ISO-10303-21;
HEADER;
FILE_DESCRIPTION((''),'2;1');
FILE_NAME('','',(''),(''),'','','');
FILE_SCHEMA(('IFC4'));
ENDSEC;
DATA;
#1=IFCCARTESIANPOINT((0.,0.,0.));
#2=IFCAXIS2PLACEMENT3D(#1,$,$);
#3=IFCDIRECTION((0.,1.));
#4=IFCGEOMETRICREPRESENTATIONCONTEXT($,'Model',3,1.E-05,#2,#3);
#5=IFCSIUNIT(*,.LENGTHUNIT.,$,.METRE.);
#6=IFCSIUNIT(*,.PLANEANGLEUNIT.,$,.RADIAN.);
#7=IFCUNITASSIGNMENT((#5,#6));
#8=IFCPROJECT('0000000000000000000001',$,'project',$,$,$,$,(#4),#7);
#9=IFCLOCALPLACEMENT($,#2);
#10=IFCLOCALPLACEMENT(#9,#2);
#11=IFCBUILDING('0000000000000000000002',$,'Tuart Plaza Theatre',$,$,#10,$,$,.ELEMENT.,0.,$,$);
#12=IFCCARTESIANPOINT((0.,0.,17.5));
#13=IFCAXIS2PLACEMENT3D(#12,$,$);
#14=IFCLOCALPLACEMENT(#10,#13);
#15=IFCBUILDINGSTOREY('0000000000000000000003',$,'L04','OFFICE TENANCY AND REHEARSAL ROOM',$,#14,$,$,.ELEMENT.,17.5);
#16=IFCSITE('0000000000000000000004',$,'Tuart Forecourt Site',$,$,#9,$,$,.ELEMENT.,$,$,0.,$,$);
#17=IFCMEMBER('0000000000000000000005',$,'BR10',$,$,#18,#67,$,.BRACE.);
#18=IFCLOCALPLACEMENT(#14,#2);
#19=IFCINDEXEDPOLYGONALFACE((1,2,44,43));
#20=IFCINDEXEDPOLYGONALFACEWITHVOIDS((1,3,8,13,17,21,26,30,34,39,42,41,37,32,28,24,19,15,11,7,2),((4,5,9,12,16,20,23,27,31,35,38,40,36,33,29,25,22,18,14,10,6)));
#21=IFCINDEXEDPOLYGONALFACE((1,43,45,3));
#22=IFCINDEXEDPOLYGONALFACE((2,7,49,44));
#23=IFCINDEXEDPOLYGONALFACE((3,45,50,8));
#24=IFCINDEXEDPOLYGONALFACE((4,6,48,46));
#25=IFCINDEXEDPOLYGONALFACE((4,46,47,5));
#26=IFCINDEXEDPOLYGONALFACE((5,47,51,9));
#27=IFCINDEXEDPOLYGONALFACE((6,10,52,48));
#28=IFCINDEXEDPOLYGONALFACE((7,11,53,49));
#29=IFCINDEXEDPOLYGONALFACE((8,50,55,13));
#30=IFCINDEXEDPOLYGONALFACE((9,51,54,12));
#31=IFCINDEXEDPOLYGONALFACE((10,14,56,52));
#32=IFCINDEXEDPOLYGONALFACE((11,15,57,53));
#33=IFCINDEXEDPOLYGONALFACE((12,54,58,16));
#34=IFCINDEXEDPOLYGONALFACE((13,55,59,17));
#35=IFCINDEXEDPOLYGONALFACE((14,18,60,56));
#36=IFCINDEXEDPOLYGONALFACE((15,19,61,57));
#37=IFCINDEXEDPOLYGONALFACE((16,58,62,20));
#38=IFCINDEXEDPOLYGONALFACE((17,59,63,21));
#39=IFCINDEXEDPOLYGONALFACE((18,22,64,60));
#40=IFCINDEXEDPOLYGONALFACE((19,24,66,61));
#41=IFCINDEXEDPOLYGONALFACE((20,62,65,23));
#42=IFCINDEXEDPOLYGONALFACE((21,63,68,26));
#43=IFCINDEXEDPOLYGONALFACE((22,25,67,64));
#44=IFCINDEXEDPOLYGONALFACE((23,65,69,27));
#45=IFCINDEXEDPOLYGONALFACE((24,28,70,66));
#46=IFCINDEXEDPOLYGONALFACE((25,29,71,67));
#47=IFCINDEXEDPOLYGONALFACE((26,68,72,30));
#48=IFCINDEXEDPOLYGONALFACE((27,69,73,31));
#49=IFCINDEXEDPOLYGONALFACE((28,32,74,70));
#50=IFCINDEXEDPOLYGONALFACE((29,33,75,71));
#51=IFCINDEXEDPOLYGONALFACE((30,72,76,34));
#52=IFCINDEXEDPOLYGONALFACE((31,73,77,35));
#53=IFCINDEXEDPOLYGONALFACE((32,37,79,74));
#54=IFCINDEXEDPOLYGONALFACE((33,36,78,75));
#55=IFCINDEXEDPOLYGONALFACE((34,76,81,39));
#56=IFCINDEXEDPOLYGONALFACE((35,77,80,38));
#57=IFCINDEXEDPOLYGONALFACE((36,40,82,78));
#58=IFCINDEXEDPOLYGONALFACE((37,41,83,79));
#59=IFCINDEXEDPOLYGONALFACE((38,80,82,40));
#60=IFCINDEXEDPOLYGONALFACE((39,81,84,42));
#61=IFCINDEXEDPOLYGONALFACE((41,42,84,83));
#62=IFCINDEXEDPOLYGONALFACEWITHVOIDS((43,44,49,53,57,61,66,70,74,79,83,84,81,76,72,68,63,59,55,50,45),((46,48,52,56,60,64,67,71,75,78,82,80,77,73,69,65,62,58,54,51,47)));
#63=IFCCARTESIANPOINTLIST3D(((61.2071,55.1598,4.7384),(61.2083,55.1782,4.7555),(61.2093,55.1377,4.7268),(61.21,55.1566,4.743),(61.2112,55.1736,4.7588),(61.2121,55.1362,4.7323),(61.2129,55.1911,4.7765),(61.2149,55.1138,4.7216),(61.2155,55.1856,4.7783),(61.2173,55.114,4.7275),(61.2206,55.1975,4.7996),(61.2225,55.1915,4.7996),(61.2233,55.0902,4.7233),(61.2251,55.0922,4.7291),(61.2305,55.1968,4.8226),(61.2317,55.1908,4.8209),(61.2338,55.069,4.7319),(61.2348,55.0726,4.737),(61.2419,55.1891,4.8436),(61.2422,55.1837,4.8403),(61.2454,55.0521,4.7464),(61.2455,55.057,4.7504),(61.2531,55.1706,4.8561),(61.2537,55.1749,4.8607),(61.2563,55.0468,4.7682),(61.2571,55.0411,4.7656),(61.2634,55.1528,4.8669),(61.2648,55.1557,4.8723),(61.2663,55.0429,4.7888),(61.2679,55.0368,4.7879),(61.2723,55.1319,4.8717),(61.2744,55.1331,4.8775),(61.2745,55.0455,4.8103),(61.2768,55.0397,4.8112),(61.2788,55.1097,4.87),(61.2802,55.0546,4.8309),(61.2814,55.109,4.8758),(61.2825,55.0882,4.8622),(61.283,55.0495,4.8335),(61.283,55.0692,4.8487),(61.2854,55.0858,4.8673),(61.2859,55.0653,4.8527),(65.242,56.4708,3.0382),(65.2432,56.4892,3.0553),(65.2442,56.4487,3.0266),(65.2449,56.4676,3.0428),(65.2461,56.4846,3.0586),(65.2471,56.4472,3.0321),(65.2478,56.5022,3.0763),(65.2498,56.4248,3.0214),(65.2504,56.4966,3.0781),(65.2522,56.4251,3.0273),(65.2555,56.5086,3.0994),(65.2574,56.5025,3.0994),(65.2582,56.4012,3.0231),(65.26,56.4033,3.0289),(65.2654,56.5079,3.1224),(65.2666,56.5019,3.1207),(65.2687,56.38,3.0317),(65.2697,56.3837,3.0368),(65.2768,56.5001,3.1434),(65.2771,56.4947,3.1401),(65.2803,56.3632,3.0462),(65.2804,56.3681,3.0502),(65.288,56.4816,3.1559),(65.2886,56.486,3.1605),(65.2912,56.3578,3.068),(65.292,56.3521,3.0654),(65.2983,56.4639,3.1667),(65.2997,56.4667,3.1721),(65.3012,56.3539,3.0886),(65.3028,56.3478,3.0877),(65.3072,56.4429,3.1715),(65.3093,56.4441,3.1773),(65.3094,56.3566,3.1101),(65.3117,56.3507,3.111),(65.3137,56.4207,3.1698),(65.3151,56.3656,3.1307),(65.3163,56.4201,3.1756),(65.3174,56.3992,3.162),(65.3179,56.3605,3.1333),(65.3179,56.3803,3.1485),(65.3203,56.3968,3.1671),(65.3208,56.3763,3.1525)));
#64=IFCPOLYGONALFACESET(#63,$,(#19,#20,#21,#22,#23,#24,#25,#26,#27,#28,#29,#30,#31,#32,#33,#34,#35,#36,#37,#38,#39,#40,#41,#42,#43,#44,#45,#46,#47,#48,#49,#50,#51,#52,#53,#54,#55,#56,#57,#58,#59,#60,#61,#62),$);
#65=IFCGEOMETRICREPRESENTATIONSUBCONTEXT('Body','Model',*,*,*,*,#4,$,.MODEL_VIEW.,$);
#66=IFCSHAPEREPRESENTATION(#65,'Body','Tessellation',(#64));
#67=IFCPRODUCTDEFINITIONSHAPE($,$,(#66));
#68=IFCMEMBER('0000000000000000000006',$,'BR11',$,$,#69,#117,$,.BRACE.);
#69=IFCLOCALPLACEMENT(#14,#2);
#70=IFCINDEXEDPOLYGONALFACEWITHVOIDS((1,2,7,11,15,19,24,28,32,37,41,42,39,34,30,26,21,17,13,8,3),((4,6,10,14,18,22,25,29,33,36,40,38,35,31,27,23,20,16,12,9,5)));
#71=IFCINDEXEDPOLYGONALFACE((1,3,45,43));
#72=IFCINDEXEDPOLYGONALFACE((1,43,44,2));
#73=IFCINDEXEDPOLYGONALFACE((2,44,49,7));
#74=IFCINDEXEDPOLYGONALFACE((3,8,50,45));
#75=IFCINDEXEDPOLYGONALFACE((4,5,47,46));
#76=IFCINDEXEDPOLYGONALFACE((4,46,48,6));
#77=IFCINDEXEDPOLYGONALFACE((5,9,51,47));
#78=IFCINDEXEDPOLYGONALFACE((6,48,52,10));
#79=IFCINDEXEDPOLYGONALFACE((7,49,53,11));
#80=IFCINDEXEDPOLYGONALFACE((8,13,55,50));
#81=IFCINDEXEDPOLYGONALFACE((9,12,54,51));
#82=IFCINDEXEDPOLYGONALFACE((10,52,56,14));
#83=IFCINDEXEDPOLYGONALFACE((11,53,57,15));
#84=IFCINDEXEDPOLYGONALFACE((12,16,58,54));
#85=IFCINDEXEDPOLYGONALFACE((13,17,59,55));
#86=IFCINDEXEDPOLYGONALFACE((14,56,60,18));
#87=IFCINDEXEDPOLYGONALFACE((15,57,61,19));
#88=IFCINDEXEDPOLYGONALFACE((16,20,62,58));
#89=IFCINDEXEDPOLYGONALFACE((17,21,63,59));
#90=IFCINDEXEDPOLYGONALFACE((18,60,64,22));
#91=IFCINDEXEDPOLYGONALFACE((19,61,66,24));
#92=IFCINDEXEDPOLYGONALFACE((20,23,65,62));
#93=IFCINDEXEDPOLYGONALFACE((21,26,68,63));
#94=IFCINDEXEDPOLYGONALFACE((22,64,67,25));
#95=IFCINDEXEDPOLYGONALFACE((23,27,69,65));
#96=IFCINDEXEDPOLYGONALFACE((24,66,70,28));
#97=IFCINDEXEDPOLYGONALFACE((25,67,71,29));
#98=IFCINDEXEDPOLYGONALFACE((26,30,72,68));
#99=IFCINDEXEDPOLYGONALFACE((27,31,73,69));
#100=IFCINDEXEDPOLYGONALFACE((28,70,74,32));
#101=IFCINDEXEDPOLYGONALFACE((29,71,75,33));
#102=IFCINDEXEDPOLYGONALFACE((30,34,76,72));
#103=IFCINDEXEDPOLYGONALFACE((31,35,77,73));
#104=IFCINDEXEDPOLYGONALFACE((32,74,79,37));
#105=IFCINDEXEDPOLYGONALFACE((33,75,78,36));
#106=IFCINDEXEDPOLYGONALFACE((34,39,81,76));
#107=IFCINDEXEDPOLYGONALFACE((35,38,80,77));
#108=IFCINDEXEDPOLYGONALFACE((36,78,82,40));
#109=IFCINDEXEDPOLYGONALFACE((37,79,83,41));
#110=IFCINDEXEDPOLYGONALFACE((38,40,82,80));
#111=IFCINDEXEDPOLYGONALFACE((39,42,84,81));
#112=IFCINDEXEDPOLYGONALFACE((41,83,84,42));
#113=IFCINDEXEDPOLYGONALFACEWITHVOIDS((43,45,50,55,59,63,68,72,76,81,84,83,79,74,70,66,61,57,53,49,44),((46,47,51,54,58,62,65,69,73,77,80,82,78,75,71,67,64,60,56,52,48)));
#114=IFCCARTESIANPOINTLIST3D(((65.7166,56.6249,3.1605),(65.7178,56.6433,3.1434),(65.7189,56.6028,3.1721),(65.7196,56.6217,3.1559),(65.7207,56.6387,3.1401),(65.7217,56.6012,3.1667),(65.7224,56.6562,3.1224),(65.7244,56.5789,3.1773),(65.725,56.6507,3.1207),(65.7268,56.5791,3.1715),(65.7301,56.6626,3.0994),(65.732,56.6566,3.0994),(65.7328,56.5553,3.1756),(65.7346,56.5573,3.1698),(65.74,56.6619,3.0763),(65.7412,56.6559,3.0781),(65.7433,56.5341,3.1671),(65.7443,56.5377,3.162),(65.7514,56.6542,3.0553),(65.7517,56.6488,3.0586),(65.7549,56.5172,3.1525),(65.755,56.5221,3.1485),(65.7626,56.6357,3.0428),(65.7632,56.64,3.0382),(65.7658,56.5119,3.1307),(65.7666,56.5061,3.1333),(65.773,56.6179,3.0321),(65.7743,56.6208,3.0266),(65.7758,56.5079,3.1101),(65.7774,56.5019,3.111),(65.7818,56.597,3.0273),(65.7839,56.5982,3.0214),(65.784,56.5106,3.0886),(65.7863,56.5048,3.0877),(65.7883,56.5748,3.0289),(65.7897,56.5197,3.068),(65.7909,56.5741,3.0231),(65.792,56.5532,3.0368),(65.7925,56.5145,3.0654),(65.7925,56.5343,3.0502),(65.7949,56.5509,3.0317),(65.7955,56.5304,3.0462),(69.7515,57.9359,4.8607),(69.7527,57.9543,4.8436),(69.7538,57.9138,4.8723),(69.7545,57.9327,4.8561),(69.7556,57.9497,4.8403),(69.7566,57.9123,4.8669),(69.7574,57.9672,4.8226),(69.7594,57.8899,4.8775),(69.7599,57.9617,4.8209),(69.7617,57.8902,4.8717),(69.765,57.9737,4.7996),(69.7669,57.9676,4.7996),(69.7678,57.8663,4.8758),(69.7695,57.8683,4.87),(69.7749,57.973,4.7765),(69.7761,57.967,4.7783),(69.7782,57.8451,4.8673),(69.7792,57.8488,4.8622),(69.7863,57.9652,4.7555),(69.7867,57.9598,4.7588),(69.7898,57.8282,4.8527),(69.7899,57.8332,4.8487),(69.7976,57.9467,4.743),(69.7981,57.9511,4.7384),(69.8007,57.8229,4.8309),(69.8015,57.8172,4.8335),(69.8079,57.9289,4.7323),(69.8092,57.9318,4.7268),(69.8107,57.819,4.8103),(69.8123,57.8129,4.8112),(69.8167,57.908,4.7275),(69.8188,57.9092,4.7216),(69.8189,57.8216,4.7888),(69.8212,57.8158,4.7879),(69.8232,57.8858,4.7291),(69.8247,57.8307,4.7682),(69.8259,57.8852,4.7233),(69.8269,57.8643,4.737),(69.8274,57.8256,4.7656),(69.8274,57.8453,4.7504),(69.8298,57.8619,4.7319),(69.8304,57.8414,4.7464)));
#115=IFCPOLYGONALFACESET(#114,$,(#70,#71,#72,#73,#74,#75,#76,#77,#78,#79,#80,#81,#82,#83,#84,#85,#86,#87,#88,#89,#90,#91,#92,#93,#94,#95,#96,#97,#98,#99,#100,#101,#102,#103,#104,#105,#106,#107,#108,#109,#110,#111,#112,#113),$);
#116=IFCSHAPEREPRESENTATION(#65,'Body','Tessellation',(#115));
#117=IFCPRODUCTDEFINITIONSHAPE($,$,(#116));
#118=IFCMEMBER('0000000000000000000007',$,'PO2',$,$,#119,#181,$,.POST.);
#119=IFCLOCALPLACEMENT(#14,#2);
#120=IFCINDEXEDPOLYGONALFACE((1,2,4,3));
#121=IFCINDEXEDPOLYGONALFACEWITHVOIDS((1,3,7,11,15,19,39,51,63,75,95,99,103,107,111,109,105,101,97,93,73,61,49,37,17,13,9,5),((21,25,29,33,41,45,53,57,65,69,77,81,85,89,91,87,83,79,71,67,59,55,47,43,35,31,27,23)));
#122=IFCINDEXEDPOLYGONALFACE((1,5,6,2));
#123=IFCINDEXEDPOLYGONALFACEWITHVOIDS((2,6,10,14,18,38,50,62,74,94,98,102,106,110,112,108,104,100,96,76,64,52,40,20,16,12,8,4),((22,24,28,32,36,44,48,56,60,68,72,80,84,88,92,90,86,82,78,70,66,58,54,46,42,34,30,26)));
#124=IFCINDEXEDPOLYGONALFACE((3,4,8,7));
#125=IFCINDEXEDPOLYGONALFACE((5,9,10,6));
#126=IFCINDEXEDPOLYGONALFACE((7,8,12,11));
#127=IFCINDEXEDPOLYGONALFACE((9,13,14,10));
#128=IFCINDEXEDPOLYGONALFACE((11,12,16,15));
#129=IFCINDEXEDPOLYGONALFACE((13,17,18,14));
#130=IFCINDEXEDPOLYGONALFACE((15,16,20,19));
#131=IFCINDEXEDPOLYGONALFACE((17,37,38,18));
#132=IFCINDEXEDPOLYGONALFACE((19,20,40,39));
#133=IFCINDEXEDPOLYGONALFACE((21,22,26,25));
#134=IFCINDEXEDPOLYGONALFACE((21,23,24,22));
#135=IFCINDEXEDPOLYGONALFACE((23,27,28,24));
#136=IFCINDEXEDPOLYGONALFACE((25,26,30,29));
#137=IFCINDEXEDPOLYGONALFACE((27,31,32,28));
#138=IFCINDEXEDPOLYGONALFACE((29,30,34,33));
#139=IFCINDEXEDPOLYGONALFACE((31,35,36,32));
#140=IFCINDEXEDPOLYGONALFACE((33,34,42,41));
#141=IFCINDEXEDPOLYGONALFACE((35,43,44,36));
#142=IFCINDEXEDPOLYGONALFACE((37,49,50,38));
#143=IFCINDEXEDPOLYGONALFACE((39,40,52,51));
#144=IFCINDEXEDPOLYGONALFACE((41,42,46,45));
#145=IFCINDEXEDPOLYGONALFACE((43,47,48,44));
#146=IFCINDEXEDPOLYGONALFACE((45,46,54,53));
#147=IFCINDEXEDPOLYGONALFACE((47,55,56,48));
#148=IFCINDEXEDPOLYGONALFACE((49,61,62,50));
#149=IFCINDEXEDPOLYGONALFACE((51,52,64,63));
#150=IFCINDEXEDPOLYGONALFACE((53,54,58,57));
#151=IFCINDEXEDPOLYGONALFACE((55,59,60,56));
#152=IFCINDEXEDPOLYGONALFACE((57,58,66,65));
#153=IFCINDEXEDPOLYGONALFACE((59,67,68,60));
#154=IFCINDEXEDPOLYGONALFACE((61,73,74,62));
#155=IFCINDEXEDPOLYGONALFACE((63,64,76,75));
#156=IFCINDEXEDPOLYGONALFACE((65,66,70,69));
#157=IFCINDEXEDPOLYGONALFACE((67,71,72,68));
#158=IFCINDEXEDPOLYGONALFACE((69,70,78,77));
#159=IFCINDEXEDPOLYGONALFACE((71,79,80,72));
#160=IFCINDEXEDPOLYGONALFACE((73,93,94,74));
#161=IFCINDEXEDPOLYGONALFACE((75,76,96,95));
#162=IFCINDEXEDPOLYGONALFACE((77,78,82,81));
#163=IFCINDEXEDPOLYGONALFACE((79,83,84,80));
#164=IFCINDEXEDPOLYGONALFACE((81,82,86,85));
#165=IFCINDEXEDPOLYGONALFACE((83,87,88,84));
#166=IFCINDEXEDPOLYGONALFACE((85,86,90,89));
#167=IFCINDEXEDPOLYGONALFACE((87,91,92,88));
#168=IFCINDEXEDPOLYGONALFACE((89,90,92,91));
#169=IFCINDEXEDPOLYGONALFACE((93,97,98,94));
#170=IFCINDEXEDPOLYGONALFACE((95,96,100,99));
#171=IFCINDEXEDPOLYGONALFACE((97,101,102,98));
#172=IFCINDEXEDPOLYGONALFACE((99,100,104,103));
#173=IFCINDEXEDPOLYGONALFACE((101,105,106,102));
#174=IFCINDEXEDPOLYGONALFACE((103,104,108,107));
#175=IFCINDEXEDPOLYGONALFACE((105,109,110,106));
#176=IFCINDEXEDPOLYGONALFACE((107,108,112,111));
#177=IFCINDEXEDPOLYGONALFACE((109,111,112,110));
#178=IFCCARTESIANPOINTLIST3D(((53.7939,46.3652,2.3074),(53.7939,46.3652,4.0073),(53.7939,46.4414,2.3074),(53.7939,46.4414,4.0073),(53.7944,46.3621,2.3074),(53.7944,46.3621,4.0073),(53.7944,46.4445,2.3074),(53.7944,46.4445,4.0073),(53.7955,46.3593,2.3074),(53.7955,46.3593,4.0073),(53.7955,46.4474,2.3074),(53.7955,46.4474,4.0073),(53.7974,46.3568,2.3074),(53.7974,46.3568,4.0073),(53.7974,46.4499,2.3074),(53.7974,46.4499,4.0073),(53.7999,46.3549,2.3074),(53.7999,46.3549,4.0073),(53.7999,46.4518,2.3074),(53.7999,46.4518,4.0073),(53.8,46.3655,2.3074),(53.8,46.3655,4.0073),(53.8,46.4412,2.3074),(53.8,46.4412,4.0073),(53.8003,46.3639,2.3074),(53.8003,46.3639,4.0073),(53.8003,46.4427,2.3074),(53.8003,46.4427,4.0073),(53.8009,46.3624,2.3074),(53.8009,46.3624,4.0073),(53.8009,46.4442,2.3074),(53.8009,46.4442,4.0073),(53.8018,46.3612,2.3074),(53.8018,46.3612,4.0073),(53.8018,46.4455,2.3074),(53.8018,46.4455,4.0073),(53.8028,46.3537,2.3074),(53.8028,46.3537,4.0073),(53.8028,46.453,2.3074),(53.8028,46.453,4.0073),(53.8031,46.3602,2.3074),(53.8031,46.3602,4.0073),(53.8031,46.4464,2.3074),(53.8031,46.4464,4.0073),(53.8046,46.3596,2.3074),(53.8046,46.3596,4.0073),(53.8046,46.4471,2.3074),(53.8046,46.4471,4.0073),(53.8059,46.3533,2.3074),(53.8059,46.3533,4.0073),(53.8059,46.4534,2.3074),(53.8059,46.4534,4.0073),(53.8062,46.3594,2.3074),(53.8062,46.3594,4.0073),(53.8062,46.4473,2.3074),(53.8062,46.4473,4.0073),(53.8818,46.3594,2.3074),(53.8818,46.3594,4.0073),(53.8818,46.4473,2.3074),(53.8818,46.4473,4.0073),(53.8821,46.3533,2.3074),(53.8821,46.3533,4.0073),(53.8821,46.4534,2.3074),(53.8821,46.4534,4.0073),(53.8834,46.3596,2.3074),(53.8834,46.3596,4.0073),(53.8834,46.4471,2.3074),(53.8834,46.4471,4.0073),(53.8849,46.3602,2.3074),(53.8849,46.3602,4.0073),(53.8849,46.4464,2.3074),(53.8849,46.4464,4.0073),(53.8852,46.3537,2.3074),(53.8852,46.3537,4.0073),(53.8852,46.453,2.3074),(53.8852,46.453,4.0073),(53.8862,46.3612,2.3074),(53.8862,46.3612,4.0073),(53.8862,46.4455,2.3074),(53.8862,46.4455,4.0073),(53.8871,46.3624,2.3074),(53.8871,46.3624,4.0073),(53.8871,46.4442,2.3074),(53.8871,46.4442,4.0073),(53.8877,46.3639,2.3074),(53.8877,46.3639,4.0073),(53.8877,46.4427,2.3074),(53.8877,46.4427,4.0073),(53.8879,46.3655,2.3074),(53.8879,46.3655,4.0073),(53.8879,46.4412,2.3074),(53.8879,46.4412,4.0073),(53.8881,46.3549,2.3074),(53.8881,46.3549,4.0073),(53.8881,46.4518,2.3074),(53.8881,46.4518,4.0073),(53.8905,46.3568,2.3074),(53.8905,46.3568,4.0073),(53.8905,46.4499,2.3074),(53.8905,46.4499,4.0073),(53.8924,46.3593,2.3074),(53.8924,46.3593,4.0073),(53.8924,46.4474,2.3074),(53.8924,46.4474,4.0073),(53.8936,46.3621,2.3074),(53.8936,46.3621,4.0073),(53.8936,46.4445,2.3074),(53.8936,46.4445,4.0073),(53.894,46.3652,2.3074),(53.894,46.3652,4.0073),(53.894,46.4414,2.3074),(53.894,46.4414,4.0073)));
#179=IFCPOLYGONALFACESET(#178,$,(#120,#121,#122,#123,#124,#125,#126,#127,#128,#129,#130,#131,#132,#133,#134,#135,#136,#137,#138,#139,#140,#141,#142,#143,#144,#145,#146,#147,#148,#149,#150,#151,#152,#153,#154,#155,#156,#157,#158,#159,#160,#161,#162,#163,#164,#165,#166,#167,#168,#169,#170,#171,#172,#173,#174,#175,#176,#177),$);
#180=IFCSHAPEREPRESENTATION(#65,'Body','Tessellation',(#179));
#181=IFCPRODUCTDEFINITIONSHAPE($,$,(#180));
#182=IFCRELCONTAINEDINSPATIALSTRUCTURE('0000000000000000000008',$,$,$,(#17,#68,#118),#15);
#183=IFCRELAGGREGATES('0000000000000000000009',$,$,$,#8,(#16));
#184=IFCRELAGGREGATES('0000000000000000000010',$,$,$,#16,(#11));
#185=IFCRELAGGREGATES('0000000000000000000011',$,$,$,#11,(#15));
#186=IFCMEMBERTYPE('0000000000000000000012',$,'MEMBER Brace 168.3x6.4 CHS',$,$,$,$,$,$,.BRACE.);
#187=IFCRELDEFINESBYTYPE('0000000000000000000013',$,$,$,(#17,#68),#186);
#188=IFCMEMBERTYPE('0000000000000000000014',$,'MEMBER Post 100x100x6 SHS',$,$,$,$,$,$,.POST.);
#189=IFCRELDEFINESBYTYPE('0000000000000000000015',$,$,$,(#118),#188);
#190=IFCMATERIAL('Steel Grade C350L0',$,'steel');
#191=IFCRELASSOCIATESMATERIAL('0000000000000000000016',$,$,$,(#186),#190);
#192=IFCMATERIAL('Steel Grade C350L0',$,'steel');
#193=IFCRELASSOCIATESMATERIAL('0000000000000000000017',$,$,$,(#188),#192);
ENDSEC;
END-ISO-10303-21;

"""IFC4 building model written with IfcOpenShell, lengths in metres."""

from ifc_helpers import new_model, si_unit, direction, frame, origin, origin_2d, place, context, subcontext, project, spatial, hollow_rectangle, hollow_circle, extrude, material, material_profile, profile_set, type_object, element, save


model = new_model("IFC4")

# Units and contexts
model_context = context("Model", 3, precision=1e-05, world=origin(), true_north=direction((0.0, 1.0)))
body_context = subcontext(model_context, "Body", "Model", "MODEL_VIEW")
ifc_project = project(units=[si_unit("LENGTHUNIT", "METRE"), si_unit("PLANEANGLEUNIT", "RADIAN")], contexts=[model_context])

# Site, building, storey
site_placement = place(None, origin())
site = spatial("IfcSite", under=ifc_project, at=site_placement, Name="Tuart Forecourt Site", CompositionType="ELEMENT", RefElevation=0.0)
building_placement = place(site_placement, origin())
building = spatial("IfcBuilding", under=site, at=building_placement, Name="Tuart Plaza Theatre", CompositionType="ELEMENT", ElevationOfRefHeight=0.0)
storey_placement = place(building_placement, frame((0.0, 0.0, 17.5)))
storey = spatial("IfcBuildingStorey", under=building, at=storey_placement, Name="L04", Description="OFFICE TENANCY AND REHEARSAL ROOM", CompositionType="ELEMENT", Elevation=17.5)

# Members
ifc_material_1 = material(Name="Steel Grade C350L0", Category="steel")
ifc_material_profile_1 = material_profile(ifc_material_1, hollow_circle(Radius=0.0842, WallThickness=0.0063, at=origin_2d()), Name="168.3x6.4 CHS")
ifc_profile_set_1 = profile_set([ifc_material_profile_1], Name="Steel Grade C350L0")
member_type_1 = type_object("IfcMemberType", Name="MEMBER Brace 168.3x6.4 CHS", PredefinedType="BRACE", material=ifc_profile_set_1)
for number, where, z_axis, x_axis, name in (
    (1, (61.2466, 55.1174, 4.7996), (0.882805, 0.286844, -0.371989), (-0.30902, 0.951056, 0.0), "BR10"),
    (2, (65.7561, 56.5825, 3.0994), (0.882805, 0.286844, 0.371989), (-0.30902, 0.951056, 0.0), "BR11"),
):
    element("IfcMember", number, at=place(storey_placement, frame(where, z_axis=z_axis, x_axis=x_axis)), inside=storey, type_object=member_type_1, Name=name, PredefinedType="BRACE", context=body_context, shape_type="SweptSolid", body=[
        extrude(hollow_circle(Radius=0.0842, WallThickness=0.0063, at=origin_2d()), origin(), (0.0, 0.0, 1.0), 4.5706),
    ])
ifc_material_2 = material(Name="Steel Grade C350L0", Category="steel")
ifc_material_profile_2 = material_profile(ifc_material_2, hollow_rectangle(XDim=0.1001, YDim=0.1001, WallThickness=0.0061, InnerFilletRadius=0.0061, OuterFilletRadius=0.012, at=origin_2d()), Name="100x100x6 SHS")
ifc_profile_set_2 = profile_set([ifc_material_profile_2], Name="Steel Grade C350L0")
member_type_2 = type_object("IfcMemberType", Name="MEMBER Post 100x100x6 SHS", PredefinedType="POST", material=ifc_profile_set_2)
for number, where, z_axis, x_axis, name in (
    (3, (53.844, 46.4033, 2.3074), (0.0, 0.0, 1.0), (1.0, 0.0, 0.0), "PO2"),
):
    element("IfcMember", number, at=place(storey_placement, frame(where, z_axis=z_axis, x_axis=x_axis)), inside=storey, type_object=member_type_2, Name=name, PredefinedType="POST", context=body_context, shape_type="SweptSolid", body=[
        extrude(hollow_rectangle(XDim=0.1001, YDim=0.1001, WallThickness=0.0061, InnerFilletRadius=0.0061, OuterFilletRadius=0.012, at=origin_2d()), origin(), (0.0, 0.0, 1.0), 1.7),
    ])

save(model, "model.ifc")
